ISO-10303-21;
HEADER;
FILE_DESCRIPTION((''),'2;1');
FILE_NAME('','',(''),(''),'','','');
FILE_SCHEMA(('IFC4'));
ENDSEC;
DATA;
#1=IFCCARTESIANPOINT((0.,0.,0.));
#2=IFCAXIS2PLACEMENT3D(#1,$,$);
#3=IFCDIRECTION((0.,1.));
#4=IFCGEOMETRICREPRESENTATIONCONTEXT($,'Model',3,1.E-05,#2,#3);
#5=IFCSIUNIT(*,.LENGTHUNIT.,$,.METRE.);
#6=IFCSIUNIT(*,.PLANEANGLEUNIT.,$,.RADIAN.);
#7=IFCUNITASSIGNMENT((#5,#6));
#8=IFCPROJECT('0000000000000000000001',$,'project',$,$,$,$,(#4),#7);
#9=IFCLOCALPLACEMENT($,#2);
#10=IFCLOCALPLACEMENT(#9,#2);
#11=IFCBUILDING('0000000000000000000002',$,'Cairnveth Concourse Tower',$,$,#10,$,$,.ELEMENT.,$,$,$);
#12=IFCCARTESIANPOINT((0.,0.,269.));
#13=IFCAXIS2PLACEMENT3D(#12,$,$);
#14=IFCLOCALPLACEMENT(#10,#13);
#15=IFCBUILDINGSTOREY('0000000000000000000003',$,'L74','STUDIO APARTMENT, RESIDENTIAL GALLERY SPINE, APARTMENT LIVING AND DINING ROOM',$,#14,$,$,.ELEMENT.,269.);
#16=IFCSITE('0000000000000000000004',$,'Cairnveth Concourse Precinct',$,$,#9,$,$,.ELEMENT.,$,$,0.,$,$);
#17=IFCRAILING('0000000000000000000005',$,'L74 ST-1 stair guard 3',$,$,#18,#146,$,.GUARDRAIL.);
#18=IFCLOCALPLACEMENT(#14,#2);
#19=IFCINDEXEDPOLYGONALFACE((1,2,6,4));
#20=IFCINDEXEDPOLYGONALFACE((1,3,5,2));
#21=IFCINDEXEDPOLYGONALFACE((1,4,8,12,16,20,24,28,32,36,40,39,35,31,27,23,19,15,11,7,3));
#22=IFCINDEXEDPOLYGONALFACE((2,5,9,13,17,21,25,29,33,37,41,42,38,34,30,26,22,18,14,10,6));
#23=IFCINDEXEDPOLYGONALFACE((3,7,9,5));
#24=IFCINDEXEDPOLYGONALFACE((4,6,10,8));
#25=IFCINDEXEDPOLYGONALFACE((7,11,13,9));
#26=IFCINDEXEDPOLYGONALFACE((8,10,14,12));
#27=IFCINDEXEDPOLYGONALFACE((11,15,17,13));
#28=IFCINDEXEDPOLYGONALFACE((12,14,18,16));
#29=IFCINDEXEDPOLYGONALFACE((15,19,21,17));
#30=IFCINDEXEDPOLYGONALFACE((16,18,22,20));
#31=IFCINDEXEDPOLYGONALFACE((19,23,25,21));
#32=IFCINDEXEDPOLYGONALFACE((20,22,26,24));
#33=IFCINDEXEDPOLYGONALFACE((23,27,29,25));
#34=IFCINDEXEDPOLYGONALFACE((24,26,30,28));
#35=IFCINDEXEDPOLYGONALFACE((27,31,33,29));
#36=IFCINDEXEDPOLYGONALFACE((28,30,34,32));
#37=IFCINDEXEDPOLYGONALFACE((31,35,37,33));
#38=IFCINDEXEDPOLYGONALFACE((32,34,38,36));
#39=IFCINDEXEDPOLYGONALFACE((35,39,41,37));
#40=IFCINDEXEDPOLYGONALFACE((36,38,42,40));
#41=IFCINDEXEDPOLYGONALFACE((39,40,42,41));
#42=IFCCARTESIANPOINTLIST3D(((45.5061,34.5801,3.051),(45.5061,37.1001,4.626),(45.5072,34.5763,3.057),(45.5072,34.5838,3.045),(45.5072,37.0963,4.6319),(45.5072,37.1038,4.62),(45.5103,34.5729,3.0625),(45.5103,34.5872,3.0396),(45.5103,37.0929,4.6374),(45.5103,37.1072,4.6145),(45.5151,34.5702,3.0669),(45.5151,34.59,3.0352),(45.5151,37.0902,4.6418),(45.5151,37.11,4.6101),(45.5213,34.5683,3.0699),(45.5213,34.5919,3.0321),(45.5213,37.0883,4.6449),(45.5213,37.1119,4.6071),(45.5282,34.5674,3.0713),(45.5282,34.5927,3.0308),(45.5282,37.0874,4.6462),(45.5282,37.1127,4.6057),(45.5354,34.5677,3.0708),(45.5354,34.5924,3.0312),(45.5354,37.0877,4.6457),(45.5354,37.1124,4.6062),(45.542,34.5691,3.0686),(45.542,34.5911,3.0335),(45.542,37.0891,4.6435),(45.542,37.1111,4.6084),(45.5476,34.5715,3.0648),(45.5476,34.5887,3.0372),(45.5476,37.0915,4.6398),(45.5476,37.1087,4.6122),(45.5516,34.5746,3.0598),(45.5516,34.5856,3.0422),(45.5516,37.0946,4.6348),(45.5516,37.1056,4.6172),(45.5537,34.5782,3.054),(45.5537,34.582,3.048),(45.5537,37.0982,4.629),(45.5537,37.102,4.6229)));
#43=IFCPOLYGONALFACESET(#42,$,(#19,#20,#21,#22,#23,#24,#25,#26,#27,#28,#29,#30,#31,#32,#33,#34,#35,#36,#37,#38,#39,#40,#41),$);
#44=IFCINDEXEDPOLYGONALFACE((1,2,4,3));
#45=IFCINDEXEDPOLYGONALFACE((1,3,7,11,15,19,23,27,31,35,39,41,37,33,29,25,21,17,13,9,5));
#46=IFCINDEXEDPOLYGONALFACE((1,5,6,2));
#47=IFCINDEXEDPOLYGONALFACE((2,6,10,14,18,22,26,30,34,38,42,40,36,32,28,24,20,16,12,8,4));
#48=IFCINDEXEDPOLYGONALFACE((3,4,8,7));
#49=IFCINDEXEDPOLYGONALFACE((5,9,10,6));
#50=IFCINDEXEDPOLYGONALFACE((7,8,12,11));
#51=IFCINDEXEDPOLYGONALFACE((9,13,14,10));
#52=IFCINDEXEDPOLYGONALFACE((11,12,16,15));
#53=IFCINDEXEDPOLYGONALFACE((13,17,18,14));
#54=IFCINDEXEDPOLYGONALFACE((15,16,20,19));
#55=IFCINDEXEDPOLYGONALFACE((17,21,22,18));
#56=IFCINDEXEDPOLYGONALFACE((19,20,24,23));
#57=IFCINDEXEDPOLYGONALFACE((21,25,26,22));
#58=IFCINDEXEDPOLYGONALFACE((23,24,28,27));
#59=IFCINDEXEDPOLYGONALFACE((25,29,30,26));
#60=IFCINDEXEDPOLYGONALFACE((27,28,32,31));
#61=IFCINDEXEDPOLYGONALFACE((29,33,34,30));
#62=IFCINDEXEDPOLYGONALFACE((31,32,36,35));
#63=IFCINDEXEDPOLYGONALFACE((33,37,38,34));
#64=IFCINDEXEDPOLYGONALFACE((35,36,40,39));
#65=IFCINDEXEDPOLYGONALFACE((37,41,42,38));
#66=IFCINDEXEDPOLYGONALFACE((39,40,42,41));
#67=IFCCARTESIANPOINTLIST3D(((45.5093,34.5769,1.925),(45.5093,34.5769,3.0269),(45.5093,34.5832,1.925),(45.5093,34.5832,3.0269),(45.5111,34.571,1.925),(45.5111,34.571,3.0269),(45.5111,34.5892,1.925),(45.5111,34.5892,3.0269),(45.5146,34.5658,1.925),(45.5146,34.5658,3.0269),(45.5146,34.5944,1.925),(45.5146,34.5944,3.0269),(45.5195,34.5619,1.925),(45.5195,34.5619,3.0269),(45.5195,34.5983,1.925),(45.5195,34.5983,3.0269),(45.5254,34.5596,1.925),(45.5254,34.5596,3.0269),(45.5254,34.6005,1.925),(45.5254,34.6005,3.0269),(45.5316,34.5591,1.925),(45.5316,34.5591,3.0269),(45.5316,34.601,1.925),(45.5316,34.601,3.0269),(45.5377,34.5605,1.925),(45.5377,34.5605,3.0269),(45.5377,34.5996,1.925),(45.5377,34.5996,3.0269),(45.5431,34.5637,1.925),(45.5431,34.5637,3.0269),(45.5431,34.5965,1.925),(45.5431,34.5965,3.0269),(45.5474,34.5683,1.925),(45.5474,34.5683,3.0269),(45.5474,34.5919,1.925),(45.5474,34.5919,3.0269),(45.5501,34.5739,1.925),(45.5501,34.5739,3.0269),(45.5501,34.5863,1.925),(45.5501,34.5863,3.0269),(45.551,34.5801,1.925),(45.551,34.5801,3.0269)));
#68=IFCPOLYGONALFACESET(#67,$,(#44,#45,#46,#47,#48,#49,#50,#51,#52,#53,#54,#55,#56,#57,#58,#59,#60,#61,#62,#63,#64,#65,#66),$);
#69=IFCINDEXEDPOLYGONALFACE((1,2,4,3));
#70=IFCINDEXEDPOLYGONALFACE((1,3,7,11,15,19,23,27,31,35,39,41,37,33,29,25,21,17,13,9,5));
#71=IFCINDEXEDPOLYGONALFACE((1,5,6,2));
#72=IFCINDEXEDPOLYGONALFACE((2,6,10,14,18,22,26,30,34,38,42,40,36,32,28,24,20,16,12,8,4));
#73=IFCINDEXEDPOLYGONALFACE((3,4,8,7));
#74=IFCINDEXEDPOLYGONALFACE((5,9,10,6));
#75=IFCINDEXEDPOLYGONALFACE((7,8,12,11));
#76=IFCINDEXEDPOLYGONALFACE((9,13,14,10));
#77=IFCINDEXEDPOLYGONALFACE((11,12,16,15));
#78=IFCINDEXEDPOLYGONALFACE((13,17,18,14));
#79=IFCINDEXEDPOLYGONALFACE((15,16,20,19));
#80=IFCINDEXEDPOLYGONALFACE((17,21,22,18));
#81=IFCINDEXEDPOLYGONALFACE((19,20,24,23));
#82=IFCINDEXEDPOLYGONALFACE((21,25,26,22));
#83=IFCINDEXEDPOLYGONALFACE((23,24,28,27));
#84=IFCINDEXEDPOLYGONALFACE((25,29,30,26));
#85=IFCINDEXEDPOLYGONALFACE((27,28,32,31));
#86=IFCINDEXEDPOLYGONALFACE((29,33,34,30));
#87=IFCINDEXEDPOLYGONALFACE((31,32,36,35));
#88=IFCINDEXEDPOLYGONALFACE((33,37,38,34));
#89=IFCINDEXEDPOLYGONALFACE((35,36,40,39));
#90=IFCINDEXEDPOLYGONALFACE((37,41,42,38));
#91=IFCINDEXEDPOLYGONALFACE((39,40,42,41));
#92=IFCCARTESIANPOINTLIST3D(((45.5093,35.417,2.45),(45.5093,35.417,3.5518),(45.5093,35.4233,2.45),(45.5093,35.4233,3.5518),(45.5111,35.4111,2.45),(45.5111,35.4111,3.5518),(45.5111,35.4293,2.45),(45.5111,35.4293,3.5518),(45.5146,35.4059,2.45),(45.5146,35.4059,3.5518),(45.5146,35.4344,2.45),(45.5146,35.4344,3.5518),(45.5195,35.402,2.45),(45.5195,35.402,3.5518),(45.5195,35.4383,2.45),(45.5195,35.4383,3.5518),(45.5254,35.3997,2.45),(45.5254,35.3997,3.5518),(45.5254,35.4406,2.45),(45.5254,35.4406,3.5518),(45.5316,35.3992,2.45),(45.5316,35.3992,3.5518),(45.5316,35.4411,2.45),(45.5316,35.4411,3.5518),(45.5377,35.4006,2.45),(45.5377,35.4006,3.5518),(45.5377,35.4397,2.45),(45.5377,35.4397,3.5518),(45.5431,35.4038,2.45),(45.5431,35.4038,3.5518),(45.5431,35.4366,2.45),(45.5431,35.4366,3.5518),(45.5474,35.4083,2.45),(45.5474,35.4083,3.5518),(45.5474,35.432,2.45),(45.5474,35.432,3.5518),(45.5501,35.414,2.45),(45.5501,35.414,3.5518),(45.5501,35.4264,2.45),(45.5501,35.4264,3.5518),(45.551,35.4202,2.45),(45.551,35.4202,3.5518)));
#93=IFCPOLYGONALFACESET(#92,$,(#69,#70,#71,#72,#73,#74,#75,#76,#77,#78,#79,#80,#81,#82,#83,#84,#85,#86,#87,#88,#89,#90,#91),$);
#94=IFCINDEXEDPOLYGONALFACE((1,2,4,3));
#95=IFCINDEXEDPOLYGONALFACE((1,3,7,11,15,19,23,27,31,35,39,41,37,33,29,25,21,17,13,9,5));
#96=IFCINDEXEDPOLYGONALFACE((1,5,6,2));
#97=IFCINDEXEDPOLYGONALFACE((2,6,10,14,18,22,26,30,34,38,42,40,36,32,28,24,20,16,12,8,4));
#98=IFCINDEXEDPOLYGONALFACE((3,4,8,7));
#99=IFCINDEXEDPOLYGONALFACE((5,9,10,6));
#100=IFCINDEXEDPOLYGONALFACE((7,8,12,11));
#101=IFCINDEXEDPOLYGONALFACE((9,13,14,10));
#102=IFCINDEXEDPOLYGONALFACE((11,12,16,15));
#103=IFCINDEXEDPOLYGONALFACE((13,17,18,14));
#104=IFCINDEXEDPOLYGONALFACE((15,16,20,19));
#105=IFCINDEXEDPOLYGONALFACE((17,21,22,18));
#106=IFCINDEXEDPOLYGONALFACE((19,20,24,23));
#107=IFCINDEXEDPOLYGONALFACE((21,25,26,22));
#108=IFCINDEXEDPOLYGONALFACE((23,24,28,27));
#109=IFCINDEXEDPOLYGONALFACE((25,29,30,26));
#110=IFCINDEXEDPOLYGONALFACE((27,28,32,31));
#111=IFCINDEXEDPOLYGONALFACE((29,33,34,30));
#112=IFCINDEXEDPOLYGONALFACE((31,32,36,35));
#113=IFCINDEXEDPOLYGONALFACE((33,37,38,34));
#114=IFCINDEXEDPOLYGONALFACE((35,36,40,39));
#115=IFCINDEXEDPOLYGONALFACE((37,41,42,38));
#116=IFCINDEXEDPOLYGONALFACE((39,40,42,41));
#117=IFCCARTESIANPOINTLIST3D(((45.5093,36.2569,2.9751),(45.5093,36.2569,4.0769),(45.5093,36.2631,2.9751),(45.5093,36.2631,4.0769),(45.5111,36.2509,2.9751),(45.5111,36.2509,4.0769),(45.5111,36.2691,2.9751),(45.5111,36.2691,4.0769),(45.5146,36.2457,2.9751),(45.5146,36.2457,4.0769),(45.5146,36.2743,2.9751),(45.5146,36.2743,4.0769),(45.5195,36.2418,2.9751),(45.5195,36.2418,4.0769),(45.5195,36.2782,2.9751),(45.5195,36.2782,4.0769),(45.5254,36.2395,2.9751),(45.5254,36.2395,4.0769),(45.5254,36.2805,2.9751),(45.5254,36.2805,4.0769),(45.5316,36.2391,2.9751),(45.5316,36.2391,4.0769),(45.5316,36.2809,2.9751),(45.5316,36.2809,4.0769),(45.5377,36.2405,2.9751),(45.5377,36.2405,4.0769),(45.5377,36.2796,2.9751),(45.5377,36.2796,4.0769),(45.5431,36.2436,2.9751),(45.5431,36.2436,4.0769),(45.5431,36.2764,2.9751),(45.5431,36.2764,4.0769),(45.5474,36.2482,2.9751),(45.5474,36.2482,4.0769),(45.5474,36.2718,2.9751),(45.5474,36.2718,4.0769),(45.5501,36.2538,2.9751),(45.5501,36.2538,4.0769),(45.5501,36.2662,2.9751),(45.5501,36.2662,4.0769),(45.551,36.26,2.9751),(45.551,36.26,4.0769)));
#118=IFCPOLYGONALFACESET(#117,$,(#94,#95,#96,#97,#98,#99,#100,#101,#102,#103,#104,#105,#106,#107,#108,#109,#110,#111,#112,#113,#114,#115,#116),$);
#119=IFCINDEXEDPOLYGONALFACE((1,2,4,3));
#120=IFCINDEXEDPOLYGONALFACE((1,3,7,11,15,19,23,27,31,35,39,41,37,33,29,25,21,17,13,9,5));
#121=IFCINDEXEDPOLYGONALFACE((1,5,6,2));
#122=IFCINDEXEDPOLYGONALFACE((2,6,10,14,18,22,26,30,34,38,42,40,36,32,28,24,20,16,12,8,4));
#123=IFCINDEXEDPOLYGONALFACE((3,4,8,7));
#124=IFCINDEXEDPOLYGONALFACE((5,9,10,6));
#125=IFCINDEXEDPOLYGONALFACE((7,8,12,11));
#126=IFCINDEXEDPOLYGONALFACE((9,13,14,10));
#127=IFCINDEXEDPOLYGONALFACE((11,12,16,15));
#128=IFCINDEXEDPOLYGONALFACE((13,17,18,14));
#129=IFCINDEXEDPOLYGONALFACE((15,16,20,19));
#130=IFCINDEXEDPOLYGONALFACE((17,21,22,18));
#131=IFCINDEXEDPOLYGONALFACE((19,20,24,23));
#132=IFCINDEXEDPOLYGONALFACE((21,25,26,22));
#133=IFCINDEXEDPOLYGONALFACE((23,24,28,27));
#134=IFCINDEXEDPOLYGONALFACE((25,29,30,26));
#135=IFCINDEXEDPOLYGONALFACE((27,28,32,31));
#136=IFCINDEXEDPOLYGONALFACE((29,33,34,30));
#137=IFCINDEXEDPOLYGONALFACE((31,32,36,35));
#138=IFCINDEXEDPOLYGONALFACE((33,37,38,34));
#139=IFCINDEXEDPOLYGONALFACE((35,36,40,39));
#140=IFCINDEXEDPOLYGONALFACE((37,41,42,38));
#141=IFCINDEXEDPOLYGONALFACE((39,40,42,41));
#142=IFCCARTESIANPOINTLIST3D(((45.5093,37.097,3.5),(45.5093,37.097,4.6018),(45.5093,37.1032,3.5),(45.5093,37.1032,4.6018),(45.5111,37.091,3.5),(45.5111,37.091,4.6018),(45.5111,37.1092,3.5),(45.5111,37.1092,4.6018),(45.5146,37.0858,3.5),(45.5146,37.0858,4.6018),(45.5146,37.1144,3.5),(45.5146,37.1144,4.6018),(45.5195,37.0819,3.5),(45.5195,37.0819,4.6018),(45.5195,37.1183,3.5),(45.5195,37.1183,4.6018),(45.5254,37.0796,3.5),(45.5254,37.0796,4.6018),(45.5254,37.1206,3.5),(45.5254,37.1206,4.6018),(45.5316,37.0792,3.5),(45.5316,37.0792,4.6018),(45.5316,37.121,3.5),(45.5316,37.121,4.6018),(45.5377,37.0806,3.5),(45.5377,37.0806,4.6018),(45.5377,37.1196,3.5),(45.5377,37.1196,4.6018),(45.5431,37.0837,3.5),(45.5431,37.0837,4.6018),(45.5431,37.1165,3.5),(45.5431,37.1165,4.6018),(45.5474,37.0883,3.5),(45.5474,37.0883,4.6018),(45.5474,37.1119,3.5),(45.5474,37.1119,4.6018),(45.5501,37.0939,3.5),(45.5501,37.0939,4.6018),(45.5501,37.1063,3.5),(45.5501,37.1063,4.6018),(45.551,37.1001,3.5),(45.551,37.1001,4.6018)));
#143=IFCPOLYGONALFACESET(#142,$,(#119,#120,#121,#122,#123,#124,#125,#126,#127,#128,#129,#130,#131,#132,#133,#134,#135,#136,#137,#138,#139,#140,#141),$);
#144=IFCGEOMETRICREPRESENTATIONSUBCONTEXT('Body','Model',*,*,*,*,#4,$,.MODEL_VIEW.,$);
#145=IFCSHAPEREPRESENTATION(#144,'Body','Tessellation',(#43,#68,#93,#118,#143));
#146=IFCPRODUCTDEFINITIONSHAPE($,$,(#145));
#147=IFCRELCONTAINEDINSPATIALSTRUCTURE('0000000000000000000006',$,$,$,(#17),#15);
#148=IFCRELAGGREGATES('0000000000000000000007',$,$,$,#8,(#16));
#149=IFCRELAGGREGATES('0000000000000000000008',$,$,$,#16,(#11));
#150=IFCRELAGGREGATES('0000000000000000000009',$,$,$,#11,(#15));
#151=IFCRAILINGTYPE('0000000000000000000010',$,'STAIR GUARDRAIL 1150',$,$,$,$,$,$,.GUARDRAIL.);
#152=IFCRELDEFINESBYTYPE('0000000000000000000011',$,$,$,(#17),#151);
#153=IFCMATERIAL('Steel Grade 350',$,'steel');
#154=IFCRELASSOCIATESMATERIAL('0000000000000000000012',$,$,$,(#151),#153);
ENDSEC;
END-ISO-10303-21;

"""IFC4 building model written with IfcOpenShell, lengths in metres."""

from ifc_helpers import new_model, si_unit, direction, frame, origin, origin_2d, place, context, subcontext, project, spatial, circle, extrude, material, type_object, element, save


model = new_model("IFC4")

# Units and contexts
model_context = context("Model", 3, precision=1e-05, world=origin(), true_north=direction((0.0, 1.0)))
body_context = subcontext(model_context, "Body", "Model", "MODEL_VIEW")
ifc_project = project(units=[si_unit("LENGTHUNIT", "METRE"), si_unit("PLANEANGLEUNIT", "RADIAN")], contexts=[model_context])

# Site, building, storey
site_placement = place(None, origin())
site = spatial("IfcSite", under=ifc_project, at=site_placement, Name="Cairnveth Concourse Precinct", CompositionType="ELEMENT", RefElevation=0.0)
building_placement = place(site_placement, origin())
building = spatial("IfcBuilding", under=site, at=building_placement, Name="Cairnveth Concourse Tower", CompositionType="ELEMENT")
storey_placement = place(building_placement, frame((0.0, 0.0, 269.0)))
storey = spatial("IfcBuildingStorey", under=building, at=storey_placement, Name="L74", Description="STUDIO APARTMENT, RESIDENTIAL GALLERY SPINE, APARTMENT LIVING AND DINING ROOM", CompositionType="ELEMENT", Elevation=269.0)

# Shared definitions
ifc_material_1 = material(Name="Steel Grade 350", Category="steel")

# Railing
railing_type_1 = type_object("IfcRailingType", Name="STAIR GUARDRAIL 1150", PredefinedType="GUARDRAIL", material=ifc_material_1)
railing_1_placement = place(storey_placement, frame((45.53, 34.5801, 1.925)))
element("IfcRailing", 1, at=railing_1_placement, inside=storey, type_object=railing_type_1, Name="L74 ST-1 stair guard 3", PredefinedType="GUARDRAIL", context=body_context, shape_type="SweptSolid", body=[
    extrude(circle(Radius=0.0239, at=origin_2d()), frame((0.0, 0.0, 1.126), z_axis=(0.0, 0.848008, 0.529984), x_axis=(-1.0, 0.0, 0.0)), (0.0, 0.0, 1.0), 2.9717),
    extrude(circle(Radius=0.021, at=origin_2d()), origin(), (0.0, 0.0, 1.0), 1.1018),
    extrude(circle(Radius=0.021, at=origin_2d()), frame((0.0, 0.8401, 0.5249)), (0.0, 0.0, 1.0), 1.1018),
    extrude(circle(Radius=0.021, at=origin_2d()), frame((0.0, 1.6799, 1.05)), (0.0, 0.0, 1.0), 1.1018),
    extrude(circle(Radius=0.021, at=origin_2d()), frame((0.0, 2.52, 1.575)), (0.0, 0.0, 1.0), 1.1018),
])

save(model, "model.ifc")
